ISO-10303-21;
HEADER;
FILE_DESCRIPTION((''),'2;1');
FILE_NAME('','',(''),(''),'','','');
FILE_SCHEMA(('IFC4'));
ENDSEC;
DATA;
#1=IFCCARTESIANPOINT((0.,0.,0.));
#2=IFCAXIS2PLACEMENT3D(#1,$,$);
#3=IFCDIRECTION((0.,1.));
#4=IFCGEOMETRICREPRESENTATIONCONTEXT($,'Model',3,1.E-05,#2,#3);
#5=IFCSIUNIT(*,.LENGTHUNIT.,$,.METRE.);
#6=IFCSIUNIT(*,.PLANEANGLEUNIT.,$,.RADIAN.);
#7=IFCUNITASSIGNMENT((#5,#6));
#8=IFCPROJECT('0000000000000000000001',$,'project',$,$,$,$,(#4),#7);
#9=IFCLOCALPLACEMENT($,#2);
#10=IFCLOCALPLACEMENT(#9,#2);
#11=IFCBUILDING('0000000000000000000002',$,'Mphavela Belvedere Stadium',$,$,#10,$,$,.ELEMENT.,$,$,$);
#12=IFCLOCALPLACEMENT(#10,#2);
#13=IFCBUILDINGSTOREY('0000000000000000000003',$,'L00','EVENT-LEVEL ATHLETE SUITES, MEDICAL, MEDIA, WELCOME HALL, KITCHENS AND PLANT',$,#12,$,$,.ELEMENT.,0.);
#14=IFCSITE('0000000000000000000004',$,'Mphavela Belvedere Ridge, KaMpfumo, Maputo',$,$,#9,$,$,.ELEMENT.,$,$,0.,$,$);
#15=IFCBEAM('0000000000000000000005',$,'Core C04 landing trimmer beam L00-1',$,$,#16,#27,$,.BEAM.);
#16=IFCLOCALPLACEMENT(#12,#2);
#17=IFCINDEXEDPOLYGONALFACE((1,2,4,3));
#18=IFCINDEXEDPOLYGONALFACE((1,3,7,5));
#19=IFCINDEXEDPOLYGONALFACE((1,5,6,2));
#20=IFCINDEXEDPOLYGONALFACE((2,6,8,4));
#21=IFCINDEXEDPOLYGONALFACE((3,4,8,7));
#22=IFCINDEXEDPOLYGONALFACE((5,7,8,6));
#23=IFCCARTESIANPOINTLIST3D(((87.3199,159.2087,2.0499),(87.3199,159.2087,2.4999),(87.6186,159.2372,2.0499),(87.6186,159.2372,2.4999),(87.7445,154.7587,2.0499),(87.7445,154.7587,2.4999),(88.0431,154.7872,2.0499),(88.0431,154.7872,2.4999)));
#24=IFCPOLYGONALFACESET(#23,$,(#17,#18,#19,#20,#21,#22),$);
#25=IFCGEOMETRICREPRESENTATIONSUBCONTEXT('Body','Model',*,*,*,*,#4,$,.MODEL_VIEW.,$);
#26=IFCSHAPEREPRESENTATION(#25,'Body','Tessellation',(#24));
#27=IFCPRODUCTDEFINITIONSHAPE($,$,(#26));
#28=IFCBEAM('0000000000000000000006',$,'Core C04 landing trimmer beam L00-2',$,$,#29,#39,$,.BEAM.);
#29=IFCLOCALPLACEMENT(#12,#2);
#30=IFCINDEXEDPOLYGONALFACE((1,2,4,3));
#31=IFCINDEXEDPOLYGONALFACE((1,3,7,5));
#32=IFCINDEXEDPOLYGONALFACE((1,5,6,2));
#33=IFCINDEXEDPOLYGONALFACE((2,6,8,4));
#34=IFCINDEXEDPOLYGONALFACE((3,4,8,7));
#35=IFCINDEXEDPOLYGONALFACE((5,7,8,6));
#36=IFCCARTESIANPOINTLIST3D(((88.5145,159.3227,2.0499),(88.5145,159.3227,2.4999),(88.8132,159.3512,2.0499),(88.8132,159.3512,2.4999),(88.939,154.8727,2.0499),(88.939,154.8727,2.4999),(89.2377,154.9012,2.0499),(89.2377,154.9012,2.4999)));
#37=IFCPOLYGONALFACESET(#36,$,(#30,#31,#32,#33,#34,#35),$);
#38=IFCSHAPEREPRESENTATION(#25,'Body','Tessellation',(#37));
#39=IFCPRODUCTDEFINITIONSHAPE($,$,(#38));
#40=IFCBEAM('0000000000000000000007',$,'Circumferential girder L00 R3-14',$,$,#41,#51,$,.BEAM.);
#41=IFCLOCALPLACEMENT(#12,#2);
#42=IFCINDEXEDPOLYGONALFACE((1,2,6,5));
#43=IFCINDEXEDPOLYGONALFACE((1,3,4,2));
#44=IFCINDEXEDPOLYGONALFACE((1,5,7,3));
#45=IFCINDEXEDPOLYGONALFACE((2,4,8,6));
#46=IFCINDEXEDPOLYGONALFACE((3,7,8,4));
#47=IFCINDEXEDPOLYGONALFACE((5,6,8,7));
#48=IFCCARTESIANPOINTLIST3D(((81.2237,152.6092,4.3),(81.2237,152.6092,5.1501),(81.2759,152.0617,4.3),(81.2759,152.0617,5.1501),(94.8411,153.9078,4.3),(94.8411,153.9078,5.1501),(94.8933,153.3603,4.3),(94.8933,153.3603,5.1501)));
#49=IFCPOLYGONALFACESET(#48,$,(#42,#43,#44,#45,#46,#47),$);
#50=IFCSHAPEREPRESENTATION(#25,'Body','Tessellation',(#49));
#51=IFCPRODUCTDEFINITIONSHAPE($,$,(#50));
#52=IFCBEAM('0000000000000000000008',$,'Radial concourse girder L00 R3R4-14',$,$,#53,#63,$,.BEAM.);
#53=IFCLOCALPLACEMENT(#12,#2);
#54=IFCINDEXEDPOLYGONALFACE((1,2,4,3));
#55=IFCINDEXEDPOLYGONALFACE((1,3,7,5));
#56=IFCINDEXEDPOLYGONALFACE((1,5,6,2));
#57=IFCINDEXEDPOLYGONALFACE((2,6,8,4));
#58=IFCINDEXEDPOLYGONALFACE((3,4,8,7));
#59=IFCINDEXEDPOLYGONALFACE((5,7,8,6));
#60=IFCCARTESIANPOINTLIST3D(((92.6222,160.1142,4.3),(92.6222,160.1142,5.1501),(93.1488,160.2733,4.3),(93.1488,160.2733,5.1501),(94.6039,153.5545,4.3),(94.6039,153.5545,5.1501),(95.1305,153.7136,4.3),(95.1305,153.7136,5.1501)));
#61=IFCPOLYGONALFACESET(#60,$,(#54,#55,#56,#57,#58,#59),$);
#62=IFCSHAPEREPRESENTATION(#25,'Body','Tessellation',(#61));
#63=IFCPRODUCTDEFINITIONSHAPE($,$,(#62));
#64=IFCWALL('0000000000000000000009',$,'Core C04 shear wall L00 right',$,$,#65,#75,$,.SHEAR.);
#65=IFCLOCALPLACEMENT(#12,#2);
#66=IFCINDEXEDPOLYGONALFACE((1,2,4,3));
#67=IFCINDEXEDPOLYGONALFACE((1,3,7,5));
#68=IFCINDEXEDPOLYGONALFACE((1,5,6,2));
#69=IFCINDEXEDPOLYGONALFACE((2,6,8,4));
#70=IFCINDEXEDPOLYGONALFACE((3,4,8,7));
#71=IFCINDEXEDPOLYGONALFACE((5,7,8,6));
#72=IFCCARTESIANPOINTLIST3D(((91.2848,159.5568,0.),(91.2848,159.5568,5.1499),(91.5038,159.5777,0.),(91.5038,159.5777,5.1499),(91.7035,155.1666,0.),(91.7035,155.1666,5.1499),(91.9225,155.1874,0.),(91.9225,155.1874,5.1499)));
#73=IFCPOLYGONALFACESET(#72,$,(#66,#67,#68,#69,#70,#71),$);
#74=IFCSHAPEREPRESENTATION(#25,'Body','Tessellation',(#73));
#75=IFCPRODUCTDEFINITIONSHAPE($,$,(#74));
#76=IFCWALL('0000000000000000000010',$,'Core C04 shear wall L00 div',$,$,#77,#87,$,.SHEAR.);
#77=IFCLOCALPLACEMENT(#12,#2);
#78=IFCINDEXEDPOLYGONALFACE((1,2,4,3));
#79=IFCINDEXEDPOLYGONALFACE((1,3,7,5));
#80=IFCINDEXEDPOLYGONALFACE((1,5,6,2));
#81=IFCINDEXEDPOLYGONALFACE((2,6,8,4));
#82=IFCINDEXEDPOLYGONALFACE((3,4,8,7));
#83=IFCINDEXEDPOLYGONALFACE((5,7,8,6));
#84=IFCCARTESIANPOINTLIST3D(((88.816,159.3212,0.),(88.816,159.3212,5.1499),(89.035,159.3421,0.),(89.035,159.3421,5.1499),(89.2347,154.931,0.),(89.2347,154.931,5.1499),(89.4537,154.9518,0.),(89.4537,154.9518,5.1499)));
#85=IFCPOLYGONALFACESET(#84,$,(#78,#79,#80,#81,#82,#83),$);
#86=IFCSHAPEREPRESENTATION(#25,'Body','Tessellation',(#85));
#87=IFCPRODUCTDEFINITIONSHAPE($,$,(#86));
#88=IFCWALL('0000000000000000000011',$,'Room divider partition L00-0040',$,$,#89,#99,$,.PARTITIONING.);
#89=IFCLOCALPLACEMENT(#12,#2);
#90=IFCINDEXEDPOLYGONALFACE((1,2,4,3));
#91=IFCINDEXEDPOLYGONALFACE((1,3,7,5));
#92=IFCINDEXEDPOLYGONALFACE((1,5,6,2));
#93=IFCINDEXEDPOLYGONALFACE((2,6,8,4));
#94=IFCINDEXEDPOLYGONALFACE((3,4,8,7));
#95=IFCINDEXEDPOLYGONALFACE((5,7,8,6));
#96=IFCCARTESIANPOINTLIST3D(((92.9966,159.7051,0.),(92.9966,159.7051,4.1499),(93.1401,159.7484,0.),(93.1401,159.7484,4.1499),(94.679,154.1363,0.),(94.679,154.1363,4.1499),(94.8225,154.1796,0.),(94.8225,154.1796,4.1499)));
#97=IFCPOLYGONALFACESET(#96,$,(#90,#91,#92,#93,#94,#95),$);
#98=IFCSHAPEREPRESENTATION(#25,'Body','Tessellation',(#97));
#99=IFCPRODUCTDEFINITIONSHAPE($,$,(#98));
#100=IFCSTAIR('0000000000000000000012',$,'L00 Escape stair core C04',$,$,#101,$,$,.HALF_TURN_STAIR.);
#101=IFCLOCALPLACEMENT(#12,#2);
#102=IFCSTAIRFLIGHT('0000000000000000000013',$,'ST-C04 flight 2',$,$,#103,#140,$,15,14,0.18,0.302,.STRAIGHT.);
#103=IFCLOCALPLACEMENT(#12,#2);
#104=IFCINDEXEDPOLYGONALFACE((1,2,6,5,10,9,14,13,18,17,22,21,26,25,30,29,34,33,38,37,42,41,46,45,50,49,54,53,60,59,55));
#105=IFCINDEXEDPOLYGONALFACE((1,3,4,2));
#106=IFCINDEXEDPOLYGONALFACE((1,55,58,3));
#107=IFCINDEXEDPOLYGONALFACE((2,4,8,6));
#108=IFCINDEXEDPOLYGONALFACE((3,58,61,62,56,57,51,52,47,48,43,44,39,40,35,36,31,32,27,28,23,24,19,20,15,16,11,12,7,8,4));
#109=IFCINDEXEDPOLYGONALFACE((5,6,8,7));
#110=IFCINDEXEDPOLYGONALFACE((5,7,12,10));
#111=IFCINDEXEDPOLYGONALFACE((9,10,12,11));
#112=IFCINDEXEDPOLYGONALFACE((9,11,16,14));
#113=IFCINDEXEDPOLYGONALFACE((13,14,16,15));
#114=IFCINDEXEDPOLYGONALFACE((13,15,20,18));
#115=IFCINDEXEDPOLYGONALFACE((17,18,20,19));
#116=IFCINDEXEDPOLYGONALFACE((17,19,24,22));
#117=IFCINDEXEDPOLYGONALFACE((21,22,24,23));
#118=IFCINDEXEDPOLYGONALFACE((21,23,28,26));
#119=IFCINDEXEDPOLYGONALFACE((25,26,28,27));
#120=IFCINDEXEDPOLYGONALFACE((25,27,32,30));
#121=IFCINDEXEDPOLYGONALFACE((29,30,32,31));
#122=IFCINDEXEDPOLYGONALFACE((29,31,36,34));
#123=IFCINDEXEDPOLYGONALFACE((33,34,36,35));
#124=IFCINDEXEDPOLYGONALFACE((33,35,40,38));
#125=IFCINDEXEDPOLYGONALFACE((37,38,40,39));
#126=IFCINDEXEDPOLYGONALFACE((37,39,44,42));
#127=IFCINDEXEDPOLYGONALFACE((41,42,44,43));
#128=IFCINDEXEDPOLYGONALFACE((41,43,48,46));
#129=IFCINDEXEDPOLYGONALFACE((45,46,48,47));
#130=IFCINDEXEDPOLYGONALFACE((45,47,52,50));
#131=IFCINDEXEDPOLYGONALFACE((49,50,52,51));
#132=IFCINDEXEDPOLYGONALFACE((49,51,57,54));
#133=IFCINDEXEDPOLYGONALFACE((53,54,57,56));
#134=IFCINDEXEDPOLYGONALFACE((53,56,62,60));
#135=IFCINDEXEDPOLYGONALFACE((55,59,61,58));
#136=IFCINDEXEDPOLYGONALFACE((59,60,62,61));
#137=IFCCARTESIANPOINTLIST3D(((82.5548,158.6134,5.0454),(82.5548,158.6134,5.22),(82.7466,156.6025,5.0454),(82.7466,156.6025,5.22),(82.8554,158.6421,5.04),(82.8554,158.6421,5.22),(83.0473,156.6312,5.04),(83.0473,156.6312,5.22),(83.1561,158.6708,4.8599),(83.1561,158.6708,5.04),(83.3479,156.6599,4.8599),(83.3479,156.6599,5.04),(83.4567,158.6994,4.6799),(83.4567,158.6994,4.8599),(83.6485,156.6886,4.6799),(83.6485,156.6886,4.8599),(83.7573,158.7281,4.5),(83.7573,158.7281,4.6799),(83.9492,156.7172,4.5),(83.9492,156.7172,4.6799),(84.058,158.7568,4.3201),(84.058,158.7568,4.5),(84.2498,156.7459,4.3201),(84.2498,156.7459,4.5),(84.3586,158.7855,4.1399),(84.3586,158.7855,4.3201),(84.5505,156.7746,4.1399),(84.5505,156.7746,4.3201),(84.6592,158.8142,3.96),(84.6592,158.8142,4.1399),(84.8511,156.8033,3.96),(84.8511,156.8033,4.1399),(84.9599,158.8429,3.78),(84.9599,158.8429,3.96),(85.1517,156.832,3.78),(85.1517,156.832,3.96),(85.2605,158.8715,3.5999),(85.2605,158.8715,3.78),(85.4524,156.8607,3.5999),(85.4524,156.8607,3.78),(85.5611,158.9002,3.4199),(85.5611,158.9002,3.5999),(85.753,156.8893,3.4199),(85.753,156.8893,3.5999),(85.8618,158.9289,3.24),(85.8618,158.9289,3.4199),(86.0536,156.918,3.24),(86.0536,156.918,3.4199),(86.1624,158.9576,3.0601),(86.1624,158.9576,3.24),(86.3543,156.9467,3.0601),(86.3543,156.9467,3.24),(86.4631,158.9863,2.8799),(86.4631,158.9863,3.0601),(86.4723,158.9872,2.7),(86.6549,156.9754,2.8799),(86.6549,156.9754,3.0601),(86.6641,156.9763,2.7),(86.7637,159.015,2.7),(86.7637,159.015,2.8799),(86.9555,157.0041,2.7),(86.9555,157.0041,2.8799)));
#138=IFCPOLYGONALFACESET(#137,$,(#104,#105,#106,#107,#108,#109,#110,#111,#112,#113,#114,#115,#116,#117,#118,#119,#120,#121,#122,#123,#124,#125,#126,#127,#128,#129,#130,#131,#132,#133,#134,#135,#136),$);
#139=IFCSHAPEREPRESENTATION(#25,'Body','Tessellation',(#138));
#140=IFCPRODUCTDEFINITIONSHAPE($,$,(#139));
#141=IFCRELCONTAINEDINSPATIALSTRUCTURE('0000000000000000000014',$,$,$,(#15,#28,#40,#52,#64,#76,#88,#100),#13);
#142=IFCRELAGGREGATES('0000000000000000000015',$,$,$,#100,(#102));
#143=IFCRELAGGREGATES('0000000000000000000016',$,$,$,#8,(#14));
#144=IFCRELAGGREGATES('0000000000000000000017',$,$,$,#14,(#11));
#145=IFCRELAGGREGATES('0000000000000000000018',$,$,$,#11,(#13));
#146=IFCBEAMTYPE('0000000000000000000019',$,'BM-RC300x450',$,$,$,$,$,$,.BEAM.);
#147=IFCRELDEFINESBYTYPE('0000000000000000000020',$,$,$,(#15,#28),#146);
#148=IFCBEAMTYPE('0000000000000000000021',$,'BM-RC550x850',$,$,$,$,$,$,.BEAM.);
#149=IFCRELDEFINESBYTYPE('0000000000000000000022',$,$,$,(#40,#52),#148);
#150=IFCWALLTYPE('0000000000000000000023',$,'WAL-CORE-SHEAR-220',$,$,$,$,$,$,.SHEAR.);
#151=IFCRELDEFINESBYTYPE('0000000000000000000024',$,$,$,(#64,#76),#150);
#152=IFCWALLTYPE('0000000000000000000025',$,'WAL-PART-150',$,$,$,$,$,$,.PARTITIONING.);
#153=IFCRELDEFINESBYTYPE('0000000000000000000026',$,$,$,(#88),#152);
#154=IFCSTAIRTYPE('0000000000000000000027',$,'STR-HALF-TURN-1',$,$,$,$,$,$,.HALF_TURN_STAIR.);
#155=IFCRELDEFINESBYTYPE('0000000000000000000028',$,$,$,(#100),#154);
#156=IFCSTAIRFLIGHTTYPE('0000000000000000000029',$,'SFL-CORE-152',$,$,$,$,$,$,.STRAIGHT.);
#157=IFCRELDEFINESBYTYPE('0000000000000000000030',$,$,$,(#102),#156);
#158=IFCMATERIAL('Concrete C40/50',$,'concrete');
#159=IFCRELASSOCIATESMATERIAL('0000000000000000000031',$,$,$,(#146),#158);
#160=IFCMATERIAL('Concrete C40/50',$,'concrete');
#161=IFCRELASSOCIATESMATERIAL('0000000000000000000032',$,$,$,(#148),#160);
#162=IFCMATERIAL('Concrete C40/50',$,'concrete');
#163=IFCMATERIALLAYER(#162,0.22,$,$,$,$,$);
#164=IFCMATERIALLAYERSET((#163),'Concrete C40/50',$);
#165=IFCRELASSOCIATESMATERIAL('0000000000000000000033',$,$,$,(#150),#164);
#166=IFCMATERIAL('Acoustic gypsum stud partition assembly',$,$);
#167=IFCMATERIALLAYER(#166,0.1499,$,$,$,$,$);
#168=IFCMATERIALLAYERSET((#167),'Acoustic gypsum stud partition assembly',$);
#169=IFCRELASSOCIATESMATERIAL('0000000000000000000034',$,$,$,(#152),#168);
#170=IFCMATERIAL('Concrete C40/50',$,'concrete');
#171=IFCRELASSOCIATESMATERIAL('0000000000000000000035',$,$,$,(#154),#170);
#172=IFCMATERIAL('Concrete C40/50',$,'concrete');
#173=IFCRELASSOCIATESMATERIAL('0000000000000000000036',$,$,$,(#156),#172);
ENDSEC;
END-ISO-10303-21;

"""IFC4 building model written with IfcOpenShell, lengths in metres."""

from ifc_helpers import new_model, si_unit, direction, frame, frame_2d, origin, origin_2d, place, context, subcontext, project, spatial, polyline, rectangle, outline, extrude, material, layer, layer_set, material_profile, profile_set, type_object, element, aggregate, save


model = new_model("IFC4")

# Units and contexts
model_context = context("Model", 3, precision=1e-05, world=origin(), true_north=direction((0.0, 1.0)))
body_context = subcontext(model_context, "Body", "Model", "MODEL_VIEW")
ifc_project = project(units=[si_unit("LENGTHUNIT", "METRE"), si_unit("PLANEANGLEUNIT", "RADIAN")], contexts=[model_context])

# Site, building, storey
site_placement = place(None, origin())
site = spatial("IfcSite", under=ifc_project, at=site_placement, Name="Mphavela Belvedere Ridge, KaMpfumo, Maputo", CompositionType="ELEMENT", RefElevation=0.0)
building_placement = place(site_placement, origin())
building = spatial("IfcBuilding", under=site, at=building_placement, Name="Mphavela Belvedere Stadium", CompositionType="ELEMENT")
storey_placement = place(building_placement, origin())
storey = spatial("IfcBuildingStorey", under=building, at=storey_placement, Name="L00", Description="EVENT-LEVEL ATHLETE SUITES, MEDICAL, MEDIA, WELCOME HALL, KITCHENS AND PLANT", CompositionType="ELEMENT", Elevation=0.0)

# Beams
ifc_material_1 = material(Name="Concrete C40/50", Category="concrete")
ifc_material_profile_1 = material_profile(ifc_material_1, rectangle(XDim=0.3, YDim=0.45, at=origin_2d()), Name="RC 300x450")
ifc_profile_set_1 = profile_set([ifc_material_profile_1], Name="Concrete C40/50")
beam_type_1 = type_object("IfcBeamType", Name="BM-RC300x450", PredefinedType="BEAM", material=ifc_profile_set_1)
for number, where, z_axis, x_axis, name in (
    (1, (87.8938, 154.7729, 2.2749), (-0.094977, 0.99548, 0.0), (-0.99548, -0.094977, 0.0), "Core C04 landing trimmer beam L00-1"),
    (2, (89.0884, 154.887, 2.2749), (-0.094977, 0.99548, 0.0), (-0.99548, -0.094977, 0.0), "Core C04 landing trimmer beam L00-2"),
):
    element("IfcBeam", number, at=place(storey_placement, frame(where, z_axis=z_axis, x_axis=x_axis)), inside=storey, type_object=beam_type_1, Name=name, PredefinedType="BEAM", context=body_context, shape_type="SweptSolid", body=[
        extrude(rectangle(XDim=0.3, YDim=0.45, at=origin_2d()), origin(), (0.0, 0.0, 1.0), 4.4702),
    ])
ifc_material_2 = material(Name="Concrete C40/50", Category="concrete")
ifc_material_profile_2 = material_profile(ifc_material_2, rectangle(XDim=0.55, YDim=0.8501, at=origin_2d()), Name="RC 550x850")
ifc_profile_set_2 = profile_set([ifc_material_profile_2], Name="Concrete C40/50")
beam_type_2 = type_object("IfcBeamType", Name="BM-RC550x850", PredefinedType="BEAM", material=ifc_profile_set_2)
beam_1_placement = place(storey_placement, frame((94.8672, 153.634, 4.7251), z_axis=(-0.995484, -0.094931, 0.0), x_axis=(0.094931, -0.995484, 0.0)))
element("IfcBeam", 3, at=beam_1_placement, inside=storey, type_object=beam_type_2, Name="Circumferential girder L00 R3-14", PredefinedType="BEAM", context=body_context, shape_type="SweptSolid", body=[
    extrude(rectangle(XDim=0.55, YDim=0.8501, at=origin_2d()), origin(), (0.0, 0.0, 1.0), 13.6792),
])
beam_2_placement = place(storey_placement, frame((94.8672, 153.634, 4.7251), z_axis=(-0.289188, 0.957272, 0.0), x_axis=(-0.957272, -0.289188, 0.0)))
element("IfcBeam", 4, at=beam_2_placement, inside=storey, type_object=beam_type_2, Name="Radial concourse girder L00 R3R4-14", PredefinedType="BEAM", context=body_context, shape_type="SweptSolid", body=[
    extrude(rectangle(XDim=0.55, YDim=0.8501, at=origin_2d()), origin(), (0.0, 0.0, 1.0), 6.8525),
])

# Walls
ifc_material_3 = material(Name="Concrete C40/50", Category="concrete")
ifc_layer_1 = layer(ifc_material_3, 0.22)
ifc_layer_set_1 = layer_set([ifc_layer_1], Name="Concrete C40/50")
wall_type_1 = type_object("IfcWallType", Name="WAL-CORE-SHEAR-220", PredefinedType="SHEAR", material=ifc_layer_set_1)
for number, where, z_axis, x_axis, name in (
    (5, (91.813, 155.177, 0.0), (0.0, 0.0, 1.0), (-0.094942, 0.995483, 0.0), "Core C04 shear wall L00 right"),
    (6, (89.3442, 154.9414, 0.0), (0.0, 0.0, 1.0), (-0.094942, 0.995483, 0.0), "Core C04 shear wall L00 div"),
):
    element("IfcWall", number, at=place(storey_placement, frame(where, z_axis=z_axis, x_axis=x_axis)), inside=storey, type_object=wall_type_1, Name=name, PredefinedType="SHEAR", context=body_context, shape_type="SweptSolid", body=[
        extrude(rectangle(XDim=4.4102, YDim=0.22, at=frame_2d((2.2051, 0.0))), origin(), (0.0, 0.0, 1.0), 5.1499),
    ])
ifc_material_4 = material(Name="Acoustic gypsum stud partition assembly")
ifc_layer_2 = layer(ifc_material_4, 0.1499)
ifc_layer_set_2 = layer_set([ifc_layer_2], Name="Acoustic gypsum stud partition assembly")
wall_type_2 = type_object("IfcWallType", Name="WAL-PART-150", PredefinedType="PARTITIONING", material=ifc_layer_set_2)
wall_placement = place(storey_placement, frame((94.7507, 154.158, 0.0), z_axis=(0.0, 0.0, 1.0), x_axis=(-0.289195, 0.95727, 0.0)))
element("IfcWall", 7, at=wall_placement, inside=storey, type_object=wall_type_2, Name="Room divider partition L00-0040", PredefinedType="PARTITIONING", context=body_context, shape_type="SweptSolid", body=[
    extrude(rectangle(XDim=5.8174, YDim=0.1499, at=frame_2d((2.9087, 0.0))), origin(), (0.0, 0.0, 1.0), 4.1499),
])

# Stair, stair flight
ifc_material_5 = material(Name="Concrete C40/50", Category="concrete")
stair_type = type_object("IfcStairType", Name="STR-HALF-TURN-1", PredefinedType="HALF_TURN_STAIR", material=ifc_material_5)
stair_placement = place(storey_placement, origin())
stair = element("IfcStair", 8, at=stair_placement, inside=storey, type_object=stair_type, Name="L00 Escape stair core C04", PredefinedType="HALF_TURN_STAIR")
ifc_material_6 = material(Name="Concrete C40/50", Category="concrete")
stair_flight_type = type_object("IfcStairFlightType", Name="SFL-CORE-152", PredefinedType="STRAIGHT", material=ifc_material_6)
stair_flight_placement = place(storey_placement, frame((86.8596, 158.0095, 2.7), z_axis=(0.0, 0.0, 1.0), x_axis=(-0.995479, -0.094977, 0.0)))
stair_flight = element("IfcStairFlight", 9, at=stair_flight_placement, type_object=stair_flight_type, Name="ST-C04 flight 2", NumberOfRisers=15, NumberOfTreads=14, PredefinedType="STRAIGHT", RiserHeight=0.18, TreadLength=0.302, context=body_context, shape_type="SweptSolid", body=[
    extrude(outline(polyline([(0.0, 0.0), (0.0, 0.1799), (0.302, 0.1799), (0.302, 0.3601), (0.604, 0.3601), (0.604, 0.54), (0.906, 0.54), (0.906, 0.72), (1.208, 0.72), (1.208, 0.8999), (1.51, 0.8999), (1.51, 1.0801), (1.812, 1.0801), (1.812, 1.26), (2.114, 1.26), (2.114, 1.4399), (2.416, 1.4399), (2.416, 1.6201), (2.718, 1.6201), (2.718, 1.8), (3.02, 1.8), (3.02, 1.98), (3.322, 1.98), (3.322, 2.1599), (3.624, 2.1599), (3.624, 2.3401), (3.926, 2.3401), (3.926, 2.52), (4.228, 2.52), (4.228, 2.7), (4.228, 2.3455), (0.2927, 0.0), (0.0, 0.0)])), frame((0.0, 1.01, 0.0), z_axis=(0.0, -1.0, 0.0), x_axis=(1.0, 0.0, 0.0)), (0.0, 0.0, 1.0), 2.02),
])
aggregate(stair, [stair_flight])

save(model, "model.ifc")
